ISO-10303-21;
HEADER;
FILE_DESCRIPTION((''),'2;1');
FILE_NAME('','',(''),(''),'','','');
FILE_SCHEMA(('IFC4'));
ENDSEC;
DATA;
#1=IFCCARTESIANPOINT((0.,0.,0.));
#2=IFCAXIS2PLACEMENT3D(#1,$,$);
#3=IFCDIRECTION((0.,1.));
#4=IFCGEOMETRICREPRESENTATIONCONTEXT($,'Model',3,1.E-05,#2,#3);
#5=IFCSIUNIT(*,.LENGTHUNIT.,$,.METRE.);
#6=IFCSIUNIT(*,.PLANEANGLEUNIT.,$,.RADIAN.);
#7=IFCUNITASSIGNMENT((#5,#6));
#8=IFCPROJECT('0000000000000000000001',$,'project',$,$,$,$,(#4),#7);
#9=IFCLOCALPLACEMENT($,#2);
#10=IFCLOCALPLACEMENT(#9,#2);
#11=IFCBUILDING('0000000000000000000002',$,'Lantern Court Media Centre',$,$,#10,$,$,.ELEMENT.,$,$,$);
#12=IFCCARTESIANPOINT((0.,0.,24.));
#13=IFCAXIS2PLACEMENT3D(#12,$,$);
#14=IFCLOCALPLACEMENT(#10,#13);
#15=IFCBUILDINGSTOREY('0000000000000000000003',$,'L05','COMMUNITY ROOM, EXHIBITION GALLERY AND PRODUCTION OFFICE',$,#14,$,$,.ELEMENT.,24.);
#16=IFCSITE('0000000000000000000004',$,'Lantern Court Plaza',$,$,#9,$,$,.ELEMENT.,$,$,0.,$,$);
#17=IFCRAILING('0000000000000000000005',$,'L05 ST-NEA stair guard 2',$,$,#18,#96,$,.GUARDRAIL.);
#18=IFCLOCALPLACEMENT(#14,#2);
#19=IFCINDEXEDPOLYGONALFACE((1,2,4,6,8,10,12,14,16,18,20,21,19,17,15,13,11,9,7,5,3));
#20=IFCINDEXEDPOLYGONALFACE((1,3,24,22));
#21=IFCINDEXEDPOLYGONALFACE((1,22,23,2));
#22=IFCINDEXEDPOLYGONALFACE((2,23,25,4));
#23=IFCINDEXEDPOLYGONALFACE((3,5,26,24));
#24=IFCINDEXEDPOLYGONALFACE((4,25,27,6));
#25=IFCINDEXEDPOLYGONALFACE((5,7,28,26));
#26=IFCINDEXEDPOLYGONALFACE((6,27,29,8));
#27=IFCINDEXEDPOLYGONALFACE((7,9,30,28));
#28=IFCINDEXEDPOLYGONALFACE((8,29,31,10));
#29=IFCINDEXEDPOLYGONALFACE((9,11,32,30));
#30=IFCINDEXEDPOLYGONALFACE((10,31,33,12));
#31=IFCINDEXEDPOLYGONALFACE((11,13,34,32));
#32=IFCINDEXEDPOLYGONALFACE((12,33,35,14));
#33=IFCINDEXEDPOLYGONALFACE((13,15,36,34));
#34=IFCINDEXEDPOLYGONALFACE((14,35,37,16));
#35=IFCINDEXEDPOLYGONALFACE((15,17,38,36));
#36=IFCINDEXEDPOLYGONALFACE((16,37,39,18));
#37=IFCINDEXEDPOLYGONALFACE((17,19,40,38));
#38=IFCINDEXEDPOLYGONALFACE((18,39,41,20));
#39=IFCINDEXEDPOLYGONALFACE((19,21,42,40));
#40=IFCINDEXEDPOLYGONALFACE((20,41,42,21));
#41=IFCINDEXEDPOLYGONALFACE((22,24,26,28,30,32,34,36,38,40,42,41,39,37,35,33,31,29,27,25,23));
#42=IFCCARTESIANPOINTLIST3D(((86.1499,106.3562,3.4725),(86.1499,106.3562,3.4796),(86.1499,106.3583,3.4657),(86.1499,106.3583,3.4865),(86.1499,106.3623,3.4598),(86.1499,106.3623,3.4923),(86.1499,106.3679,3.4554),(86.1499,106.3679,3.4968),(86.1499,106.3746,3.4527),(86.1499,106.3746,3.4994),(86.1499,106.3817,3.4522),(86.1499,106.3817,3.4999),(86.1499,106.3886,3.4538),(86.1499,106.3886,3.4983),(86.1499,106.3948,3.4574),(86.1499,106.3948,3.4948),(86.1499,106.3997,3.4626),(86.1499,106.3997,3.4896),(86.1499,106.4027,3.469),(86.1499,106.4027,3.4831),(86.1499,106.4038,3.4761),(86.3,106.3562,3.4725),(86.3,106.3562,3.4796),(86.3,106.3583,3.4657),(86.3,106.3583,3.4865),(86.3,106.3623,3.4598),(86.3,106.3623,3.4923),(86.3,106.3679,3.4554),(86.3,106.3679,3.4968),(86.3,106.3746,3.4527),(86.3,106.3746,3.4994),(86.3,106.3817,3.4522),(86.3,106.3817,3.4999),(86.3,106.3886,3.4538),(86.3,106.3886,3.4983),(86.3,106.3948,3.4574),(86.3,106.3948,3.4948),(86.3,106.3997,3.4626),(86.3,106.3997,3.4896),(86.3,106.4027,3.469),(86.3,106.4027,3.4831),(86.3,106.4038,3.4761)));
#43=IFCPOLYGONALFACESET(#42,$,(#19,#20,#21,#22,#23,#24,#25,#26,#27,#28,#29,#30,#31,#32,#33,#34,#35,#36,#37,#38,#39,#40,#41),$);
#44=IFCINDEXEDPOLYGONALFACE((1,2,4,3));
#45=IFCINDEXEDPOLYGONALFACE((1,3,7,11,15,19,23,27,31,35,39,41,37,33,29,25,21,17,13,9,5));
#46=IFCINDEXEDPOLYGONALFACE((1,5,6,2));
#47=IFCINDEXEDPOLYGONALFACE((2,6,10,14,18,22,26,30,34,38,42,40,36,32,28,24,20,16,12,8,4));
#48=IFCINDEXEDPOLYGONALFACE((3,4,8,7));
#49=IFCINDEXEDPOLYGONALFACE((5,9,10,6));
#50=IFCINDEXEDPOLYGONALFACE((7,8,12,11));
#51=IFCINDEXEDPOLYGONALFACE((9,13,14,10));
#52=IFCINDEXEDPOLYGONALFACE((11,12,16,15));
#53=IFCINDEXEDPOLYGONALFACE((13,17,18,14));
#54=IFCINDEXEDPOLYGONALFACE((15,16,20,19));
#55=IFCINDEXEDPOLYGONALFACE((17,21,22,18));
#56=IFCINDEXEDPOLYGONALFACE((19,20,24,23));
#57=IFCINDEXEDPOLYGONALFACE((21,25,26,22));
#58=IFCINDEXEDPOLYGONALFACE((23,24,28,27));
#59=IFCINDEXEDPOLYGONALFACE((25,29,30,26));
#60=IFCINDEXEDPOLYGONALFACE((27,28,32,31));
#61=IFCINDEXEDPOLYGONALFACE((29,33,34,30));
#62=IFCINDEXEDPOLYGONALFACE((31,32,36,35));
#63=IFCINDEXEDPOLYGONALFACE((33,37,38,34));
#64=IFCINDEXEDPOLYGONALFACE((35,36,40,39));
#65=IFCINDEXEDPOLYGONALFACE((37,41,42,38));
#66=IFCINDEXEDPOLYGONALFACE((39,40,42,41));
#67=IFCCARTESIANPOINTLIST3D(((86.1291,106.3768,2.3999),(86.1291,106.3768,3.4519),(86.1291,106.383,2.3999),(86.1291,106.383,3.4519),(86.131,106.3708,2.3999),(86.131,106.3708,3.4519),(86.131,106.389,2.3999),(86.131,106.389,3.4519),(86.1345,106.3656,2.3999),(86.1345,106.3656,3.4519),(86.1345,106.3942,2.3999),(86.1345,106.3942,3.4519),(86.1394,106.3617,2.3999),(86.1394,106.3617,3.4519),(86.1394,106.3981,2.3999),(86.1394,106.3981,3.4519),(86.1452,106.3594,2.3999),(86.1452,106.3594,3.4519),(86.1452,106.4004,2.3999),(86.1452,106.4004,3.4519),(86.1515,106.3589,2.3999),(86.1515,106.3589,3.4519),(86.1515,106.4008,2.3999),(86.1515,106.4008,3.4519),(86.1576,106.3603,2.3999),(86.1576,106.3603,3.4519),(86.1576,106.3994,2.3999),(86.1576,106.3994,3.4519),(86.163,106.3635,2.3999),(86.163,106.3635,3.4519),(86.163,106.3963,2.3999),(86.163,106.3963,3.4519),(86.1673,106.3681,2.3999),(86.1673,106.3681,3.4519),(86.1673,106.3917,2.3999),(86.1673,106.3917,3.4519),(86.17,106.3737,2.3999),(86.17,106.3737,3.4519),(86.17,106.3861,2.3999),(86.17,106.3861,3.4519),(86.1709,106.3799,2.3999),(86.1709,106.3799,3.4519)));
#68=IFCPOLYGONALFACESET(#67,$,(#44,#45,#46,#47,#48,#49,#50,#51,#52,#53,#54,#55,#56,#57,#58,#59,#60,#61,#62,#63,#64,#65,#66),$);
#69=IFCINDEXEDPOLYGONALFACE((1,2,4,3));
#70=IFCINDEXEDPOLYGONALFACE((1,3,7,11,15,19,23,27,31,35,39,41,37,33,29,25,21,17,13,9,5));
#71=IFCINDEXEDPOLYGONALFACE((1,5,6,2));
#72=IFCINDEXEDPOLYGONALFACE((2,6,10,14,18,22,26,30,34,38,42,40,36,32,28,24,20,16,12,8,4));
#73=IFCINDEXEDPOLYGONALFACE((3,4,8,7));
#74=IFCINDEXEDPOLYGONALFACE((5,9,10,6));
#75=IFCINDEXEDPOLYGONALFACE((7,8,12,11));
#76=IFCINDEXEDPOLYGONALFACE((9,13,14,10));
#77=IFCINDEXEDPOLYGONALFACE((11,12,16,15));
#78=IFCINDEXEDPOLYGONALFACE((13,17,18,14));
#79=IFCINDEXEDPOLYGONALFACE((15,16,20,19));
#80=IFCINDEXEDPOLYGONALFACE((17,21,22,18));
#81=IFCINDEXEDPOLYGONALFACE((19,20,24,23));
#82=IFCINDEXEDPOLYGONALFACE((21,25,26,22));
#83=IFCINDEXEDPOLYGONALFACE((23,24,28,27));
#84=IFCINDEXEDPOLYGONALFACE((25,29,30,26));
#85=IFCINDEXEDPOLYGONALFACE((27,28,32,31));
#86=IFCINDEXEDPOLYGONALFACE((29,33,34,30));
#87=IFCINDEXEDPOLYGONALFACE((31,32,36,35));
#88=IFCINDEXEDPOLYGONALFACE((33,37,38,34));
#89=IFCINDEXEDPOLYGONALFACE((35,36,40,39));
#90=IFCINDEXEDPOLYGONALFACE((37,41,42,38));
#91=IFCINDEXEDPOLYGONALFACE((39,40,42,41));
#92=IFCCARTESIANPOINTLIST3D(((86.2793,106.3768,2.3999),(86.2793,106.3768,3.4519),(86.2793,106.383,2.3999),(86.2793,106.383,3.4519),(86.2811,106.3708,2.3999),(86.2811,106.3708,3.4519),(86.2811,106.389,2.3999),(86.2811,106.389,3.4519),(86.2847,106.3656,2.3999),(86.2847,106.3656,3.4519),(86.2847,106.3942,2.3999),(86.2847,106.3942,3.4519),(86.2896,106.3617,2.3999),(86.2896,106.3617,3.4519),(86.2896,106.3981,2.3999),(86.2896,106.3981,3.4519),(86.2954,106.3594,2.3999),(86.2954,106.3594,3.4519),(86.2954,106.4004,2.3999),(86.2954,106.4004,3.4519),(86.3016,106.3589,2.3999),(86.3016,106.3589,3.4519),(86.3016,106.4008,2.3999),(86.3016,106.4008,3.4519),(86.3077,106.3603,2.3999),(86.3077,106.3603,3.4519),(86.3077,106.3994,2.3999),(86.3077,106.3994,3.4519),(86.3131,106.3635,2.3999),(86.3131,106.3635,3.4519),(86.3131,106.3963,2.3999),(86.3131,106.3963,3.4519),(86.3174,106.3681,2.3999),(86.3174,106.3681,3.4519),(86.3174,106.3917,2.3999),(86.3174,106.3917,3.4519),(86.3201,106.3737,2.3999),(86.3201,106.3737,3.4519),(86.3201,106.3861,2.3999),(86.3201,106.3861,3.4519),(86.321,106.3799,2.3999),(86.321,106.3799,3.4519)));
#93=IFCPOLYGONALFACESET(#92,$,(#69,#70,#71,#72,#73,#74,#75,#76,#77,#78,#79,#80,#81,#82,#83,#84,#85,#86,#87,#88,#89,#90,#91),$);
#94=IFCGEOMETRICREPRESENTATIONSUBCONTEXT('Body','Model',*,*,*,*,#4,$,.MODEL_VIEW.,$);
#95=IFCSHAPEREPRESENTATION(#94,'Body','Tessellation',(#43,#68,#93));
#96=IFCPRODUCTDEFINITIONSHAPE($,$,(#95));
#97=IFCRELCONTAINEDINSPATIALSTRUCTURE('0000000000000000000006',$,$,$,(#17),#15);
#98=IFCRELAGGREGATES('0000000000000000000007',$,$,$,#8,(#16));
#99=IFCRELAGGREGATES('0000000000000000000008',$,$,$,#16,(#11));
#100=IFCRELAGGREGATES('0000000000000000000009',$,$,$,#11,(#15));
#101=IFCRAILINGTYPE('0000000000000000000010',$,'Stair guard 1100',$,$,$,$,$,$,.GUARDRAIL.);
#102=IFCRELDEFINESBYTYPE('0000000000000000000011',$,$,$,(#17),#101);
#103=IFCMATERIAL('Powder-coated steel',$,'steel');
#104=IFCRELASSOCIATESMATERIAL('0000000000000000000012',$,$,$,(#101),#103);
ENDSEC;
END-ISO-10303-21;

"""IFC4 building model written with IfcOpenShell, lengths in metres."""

from ifc_helpers import new_model, si_unit, direction, frame, origin, origin_2d, place, context, subcontext, project, spatial, circle, extrude, material, type_object, element, save


model = new_model("IFC4")

# Units and contexts
model_context = context("Model", 3, precision=1e-05, world=origin(), true_north=direction((0.0, 1.0)))
body_context = subcontext(model_context, "Body", "Model", "MODEL_VIEW")
ifc_project = project(units=[si_unit("LENGTHUNIT", "METRE"), si_unit("PLANEANGLEUNIT", "RADIAN")], contexts=[model_context])

# Site, building, storey
site_placement = place(None, origin())
site = spatial("IfcSite", under=ifc_project, at=site_placement, Name="Lantern Court Plaza", CompositionType="ELEMENT", RefElevation=0.0)
building_placement = place(site_placement, origin())
building = spatial("IfcBuilding", under=site, at=building_placement, Name="Lantern Court Media Centre", CompositionType="ELEMENT")
storey_placement = place(building_placement, frame((0.0, 0.0, 24.0)))
storey = spatial("IfcBuildingStorey", under=building, at=storey_placement, Name="L05", Description="COMMUNITY ROOM, EXHIBITION GALLERY AND PRODUCTION OFFICE", CompositionType="ELEMENT", Elevation=24.0)

# Shared definitions
ifc_material_1 = material(Name="Powder-coated steel", Category="steel")

# Railing
railing_type_1 = type_object("IfcRailingType", Name="Stair guard 1100", PredefinedType="GUARDRAIL", material=ifc_material_1)
railing_1_placement = place(storey_placement, frame((86.1499, 106.3799, 2.3999)))
element("IfcRailing", 1, at=railing_1_placement, inside=storey, type_object=railing_type_1, Name="L05 ST-NEA stair guard 2", PredefinedType="GUARDRAIL", context=body_context, shape_type="SweptSolid", body=[
    extrude(circle(Radius=0.0239, at=origin_2d()), frame((0.0, 0.0, 1.0762), z_axis=(1.0, 0.0, 0.0), x_axis=(0.0, 1.0, 0.0)), (0.0, 0.0, 1.0), 0.1501),
    extrude(circle(Radius=0.021, at=origin_2d()), origin(), (0.0, 0.0, 1.0), 1.052),
    extrude(circle(Radius=0.021, at=origin_2d()), frame((0.1501, 0.0, 0.0)), (0.0, 0.0, 1.0), 1.052),
])

save(model, "model.ifc")
